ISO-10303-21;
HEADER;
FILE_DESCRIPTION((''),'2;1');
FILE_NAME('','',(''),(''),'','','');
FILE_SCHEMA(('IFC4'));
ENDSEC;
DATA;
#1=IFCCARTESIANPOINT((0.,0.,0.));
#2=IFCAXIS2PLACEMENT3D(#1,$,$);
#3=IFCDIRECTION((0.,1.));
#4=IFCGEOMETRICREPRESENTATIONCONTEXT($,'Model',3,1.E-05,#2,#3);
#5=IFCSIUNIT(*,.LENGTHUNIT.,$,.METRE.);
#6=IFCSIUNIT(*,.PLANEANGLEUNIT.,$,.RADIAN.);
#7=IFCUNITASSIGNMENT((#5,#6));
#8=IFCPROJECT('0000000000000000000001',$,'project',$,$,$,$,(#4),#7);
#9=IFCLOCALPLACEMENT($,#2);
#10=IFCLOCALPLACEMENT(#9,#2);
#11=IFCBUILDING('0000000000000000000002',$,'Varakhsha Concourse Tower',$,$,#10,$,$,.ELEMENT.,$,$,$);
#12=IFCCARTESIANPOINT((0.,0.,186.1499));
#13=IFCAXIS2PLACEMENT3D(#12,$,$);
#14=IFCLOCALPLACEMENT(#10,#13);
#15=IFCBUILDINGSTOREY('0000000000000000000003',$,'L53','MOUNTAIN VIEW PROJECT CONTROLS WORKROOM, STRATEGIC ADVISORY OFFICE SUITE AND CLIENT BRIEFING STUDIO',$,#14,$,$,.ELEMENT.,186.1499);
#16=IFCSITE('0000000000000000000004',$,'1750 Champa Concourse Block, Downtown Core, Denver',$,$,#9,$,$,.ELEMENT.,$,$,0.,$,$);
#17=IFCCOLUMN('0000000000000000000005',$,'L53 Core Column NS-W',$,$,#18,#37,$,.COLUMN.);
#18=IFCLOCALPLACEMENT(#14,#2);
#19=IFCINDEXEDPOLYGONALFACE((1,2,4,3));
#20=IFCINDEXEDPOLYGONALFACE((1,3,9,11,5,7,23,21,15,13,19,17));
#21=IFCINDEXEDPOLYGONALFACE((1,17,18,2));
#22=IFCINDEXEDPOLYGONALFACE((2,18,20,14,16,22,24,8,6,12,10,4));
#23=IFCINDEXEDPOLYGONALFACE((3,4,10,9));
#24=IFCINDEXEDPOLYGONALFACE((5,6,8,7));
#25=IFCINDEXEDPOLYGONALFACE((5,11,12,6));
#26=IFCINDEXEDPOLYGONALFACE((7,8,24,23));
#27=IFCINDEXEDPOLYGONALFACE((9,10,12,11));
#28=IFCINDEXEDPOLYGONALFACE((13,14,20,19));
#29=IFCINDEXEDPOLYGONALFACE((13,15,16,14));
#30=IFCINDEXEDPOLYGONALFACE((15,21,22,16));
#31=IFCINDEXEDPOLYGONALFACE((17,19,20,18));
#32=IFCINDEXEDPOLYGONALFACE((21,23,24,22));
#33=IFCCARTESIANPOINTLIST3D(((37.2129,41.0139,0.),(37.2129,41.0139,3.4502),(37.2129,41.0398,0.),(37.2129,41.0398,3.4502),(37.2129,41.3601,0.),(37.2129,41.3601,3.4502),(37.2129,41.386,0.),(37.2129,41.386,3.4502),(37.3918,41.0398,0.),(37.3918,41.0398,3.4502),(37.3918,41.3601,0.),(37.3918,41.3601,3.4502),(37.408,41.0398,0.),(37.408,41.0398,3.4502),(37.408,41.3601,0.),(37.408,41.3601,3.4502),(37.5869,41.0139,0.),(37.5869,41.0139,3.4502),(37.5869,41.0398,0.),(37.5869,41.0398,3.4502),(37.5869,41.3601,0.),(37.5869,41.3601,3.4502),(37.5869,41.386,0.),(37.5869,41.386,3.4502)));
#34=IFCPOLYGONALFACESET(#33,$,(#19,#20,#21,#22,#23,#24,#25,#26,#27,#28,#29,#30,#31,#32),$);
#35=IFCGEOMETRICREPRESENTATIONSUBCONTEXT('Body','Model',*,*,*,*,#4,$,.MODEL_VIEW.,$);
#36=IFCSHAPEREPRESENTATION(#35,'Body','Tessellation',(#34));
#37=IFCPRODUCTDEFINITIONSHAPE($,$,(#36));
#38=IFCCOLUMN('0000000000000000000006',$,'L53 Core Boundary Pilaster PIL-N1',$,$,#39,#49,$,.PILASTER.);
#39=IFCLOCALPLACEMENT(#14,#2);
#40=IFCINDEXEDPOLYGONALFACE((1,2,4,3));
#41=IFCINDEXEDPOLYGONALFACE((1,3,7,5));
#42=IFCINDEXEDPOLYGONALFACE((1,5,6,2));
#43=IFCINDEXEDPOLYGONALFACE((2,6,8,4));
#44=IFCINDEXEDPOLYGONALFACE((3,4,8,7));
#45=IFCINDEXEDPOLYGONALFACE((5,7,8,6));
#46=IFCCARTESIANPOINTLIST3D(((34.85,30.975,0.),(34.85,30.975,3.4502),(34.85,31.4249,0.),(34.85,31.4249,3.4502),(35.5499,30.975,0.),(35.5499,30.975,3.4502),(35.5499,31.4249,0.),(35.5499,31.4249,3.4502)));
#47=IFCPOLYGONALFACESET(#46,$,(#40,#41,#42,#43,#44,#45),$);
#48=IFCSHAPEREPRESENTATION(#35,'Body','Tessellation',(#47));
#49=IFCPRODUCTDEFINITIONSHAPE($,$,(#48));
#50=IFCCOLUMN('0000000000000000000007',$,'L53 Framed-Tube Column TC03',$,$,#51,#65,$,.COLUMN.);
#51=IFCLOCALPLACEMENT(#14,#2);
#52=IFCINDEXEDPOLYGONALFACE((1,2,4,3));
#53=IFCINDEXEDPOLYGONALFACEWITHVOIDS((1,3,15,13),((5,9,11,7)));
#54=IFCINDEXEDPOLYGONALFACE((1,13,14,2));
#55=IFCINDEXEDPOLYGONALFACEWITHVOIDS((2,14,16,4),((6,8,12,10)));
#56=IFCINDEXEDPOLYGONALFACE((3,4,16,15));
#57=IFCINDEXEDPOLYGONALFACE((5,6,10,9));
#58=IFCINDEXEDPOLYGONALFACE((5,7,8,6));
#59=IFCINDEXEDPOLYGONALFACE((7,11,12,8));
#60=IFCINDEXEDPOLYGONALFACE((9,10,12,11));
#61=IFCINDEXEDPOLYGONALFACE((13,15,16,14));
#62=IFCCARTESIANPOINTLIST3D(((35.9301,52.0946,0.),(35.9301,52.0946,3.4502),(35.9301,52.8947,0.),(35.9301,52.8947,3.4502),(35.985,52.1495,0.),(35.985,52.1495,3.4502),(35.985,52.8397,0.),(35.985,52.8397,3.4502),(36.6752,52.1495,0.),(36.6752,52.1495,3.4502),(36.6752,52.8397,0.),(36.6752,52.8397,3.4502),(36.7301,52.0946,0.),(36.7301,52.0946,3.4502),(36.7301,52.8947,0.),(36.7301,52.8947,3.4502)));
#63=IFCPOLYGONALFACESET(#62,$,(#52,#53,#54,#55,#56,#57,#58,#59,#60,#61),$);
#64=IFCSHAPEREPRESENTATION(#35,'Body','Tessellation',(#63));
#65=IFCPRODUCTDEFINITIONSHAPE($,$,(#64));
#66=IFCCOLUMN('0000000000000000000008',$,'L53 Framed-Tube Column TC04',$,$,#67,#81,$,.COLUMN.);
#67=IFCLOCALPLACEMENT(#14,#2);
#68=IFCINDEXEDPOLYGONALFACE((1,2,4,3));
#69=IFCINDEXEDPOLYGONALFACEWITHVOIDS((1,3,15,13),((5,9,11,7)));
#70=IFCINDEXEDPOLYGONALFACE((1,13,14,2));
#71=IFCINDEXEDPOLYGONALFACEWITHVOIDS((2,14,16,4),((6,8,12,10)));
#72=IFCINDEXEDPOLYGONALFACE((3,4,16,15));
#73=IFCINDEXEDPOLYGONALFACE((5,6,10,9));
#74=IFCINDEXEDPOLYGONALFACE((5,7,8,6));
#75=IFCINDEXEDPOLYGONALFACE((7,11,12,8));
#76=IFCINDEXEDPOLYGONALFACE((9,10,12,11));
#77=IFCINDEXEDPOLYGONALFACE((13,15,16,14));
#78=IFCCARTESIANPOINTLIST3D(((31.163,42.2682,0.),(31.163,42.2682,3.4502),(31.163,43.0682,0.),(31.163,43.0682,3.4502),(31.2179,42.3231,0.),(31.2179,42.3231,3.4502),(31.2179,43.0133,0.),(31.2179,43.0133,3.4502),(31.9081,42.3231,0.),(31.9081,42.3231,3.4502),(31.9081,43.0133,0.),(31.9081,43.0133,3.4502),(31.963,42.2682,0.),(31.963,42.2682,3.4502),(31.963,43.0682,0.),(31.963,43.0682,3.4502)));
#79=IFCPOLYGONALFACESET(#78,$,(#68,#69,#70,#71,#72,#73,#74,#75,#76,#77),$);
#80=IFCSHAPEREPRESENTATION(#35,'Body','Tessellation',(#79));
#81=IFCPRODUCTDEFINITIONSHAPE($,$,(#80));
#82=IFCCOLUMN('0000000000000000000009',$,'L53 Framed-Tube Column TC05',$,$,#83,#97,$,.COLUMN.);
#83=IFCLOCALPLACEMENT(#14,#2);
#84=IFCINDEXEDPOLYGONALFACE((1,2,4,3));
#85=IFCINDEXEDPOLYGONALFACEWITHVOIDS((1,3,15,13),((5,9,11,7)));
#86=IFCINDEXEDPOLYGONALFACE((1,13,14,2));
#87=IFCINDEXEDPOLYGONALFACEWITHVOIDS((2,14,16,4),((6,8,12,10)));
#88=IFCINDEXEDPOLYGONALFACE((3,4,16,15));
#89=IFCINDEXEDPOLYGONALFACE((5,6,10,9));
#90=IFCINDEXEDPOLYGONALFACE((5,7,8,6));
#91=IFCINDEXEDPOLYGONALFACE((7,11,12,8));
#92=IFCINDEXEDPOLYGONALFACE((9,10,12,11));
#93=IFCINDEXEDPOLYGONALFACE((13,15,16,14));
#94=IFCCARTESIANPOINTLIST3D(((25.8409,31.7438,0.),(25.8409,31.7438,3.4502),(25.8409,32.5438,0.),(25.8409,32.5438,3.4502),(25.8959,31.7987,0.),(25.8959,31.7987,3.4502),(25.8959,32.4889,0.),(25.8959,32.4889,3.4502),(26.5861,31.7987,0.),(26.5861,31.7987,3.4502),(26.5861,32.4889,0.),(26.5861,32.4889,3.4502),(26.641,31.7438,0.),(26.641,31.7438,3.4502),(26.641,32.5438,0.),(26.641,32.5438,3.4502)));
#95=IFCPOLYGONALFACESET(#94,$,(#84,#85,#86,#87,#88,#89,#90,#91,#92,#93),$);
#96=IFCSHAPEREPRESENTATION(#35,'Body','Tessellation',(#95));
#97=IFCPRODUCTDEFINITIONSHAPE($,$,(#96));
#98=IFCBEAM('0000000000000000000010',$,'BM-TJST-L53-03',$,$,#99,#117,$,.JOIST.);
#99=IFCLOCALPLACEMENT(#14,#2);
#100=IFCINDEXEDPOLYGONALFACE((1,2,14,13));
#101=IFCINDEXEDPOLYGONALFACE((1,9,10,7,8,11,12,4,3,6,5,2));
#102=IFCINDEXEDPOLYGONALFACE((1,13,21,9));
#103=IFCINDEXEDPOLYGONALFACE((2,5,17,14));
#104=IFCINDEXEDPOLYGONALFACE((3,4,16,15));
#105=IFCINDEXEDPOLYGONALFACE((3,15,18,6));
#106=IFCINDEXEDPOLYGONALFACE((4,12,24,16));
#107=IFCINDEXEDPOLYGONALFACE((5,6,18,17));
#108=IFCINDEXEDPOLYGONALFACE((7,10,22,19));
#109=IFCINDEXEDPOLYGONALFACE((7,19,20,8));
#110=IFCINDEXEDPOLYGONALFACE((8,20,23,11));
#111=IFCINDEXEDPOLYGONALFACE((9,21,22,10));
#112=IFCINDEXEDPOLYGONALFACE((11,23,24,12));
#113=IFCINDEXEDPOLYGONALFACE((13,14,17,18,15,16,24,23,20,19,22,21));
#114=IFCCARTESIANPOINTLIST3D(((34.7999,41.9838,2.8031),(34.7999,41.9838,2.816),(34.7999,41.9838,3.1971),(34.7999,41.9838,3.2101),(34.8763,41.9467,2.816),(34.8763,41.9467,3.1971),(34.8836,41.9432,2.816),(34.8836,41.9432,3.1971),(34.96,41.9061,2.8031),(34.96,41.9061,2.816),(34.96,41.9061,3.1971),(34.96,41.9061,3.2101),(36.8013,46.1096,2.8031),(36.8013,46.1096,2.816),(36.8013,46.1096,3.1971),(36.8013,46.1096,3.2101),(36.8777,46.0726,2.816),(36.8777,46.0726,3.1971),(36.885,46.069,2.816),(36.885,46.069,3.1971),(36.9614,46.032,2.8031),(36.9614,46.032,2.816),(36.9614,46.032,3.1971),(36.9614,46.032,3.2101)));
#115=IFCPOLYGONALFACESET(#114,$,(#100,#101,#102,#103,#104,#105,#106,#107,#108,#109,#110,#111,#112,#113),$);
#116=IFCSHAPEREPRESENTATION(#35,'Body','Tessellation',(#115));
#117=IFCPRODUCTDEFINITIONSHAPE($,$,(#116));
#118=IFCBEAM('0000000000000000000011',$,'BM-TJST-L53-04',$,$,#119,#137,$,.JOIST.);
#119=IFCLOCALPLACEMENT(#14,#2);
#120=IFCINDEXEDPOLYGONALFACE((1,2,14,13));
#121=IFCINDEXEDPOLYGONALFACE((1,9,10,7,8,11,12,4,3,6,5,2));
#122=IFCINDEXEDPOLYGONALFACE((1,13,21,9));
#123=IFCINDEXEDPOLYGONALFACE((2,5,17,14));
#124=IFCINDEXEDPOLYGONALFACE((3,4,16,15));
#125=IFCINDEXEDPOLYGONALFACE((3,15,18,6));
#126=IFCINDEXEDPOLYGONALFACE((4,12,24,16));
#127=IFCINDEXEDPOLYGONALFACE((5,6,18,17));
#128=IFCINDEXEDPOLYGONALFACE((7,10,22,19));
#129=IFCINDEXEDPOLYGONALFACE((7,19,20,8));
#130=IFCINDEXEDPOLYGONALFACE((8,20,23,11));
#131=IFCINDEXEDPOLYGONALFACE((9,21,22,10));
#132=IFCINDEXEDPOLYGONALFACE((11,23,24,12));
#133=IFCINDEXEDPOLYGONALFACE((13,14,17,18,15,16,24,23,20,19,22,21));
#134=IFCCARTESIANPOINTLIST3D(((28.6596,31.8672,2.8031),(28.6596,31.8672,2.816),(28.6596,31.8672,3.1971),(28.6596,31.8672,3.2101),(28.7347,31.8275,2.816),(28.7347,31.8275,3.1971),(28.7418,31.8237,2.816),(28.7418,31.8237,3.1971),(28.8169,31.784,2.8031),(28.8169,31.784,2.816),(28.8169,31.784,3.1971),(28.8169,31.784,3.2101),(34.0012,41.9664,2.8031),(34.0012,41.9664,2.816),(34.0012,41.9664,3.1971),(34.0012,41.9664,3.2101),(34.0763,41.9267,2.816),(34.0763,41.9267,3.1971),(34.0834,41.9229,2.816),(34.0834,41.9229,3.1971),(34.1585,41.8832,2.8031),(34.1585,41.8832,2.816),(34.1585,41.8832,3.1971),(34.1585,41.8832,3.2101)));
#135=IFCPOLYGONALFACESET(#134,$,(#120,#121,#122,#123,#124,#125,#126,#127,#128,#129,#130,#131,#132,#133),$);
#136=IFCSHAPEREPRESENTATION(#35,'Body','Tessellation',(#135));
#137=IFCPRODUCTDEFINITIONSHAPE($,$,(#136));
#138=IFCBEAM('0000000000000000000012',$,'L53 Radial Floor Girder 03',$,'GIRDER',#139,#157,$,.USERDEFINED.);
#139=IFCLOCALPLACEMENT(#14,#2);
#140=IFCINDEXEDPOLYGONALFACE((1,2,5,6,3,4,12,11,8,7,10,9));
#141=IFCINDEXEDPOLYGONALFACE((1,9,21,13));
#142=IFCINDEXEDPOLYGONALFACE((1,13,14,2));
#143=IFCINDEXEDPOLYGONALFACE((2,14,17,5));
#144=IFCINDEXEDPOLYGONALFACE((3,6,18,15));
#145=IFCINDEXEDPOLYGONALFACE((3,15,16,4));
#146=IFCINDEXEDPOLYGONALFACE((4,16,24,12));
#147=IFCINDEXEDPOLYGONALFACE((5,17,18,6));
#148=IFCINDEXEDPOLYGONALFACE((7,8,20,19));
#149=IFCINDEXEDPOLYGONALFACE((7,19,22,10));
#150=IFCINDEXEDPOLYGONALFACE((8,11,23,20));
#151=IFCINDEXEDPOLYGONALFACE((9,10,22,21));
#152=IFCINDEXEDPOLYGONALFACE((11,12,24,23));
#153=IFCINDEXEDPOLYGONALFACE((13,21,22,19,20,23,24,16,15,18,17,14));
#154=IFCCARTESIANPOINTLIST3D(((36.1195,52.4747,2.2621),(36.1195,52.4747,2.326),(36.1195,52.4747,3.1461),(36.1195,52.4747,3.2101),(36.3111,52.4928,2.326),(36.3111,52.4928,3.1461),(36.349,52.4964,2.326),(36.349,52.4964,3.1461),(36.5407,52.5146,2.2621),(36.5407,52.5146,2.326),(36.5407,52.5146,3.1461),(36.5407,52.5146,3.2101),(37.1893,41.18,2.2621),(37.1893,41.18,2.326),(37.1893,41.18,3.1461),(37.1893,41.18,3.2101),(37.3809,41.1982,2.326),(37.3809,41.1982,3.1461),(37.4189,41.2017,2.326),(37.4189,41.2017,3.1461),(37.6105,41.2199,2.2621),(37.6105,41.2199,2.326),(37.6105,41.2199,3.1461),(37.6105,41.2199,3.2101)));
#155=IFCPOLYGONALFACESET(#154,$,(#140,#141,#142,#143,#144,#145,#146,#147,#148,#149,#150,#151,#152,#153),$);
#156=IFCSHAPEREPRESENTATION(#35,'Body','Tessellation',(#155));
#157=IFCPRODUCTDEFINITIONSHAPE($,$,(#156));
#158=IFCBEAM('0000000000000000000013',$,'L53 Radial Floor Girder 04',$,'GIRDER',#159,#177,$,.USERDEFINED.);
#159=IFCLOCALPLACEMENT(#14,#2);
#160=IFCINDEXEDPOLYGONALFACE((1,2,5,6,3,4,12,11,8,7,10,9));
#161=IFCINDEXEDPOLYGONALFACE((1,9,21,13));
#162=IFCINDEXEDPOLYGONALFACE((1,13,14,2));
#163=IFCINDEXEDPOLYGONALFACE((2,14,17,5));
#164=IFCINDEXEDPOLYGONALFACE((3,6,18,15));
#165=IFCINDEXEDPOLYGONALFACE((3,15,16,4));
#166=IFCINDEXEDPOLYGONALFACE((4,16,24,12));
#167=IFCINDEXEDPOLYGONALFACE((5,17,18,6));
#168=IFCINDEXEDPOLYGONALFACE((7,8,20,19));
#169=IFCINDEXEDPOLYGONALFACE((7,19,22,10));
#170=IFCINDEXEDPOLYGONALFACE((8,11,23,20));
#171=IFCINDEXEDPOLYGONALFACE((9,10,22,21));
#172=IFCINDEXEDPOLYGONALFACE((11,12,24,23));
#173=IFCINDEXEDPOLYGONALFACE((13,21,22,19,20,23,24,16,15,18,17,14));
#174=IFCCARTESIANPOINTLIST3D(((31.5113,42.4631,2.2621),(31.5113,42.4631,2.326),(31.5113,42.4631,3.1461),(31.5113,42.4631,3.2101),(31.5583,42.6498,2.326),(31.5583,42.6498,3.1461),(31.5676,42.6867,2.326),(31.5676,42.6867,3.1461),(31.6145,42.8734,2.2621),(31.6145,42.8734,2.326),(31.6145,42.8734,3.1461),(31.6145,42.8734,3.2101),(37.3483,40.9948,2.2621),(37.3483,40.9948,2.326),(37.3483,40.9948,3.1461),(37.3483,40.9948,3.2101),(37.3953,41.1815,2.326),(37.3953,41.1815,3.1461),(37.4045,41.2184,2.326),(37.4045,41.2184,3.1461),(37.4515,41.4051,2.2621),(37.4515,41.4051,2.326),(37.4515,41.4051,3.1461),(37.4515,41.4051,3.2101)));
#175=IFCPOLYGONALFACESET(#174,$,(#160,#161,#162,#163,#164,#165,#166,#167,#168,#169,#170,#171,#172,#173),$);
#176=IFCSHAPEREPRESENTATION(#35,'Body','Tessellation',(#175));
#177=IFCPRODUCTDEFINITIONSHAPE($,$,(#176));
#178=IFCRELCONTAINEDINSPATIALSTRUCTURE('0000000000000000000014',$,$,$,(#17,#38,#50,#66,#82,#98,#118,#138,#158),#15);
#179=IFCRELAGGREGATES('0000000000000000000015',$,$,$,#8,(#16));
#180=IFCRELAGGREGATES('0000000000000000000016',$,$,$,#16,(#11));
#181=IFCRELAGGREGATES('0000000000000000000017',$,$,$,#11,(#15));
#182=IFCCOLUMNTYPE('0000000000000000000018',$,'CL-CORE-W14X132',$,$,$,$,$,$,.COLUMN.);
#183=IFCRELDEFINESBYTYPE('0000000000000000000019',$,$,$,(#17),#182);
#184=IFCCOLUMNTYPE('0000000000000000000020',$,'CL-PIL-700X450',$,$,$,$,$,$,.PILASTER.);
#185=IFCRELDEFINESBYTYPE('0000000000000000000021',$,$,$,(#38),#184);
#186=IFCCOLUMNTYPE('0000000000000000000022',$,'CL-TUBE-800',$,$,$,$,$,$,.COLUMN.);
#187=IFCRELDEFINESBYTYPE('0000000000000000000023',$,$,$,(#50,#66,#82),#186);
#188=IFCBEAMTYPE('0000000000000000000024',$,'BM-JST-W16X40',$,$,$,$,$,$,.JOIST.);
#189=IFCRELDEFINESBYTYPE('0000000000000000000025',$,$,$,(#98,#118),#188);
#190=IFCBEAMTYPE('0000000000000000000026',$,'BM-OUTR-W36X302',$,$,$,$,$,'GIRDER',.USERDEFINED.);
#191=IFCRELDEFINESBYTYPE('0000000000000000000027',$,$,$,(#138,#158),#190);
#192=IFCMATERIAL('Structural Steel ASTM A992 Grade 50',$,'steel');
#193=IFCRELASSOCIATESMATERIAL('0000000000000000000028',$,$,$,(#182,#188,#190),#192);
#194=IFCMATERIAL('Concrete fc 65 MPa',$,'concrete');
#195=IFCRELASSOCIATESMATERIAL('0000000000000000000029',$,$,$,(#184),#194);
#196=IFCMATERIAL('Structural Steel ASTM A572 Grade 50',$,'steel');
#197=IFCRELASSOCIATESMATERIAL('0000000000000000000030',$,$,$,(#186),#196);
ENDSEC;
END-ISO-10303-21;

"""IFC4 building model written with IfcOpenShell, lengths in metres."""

from ifc_helpers import new_model, si_unit, direction, frame, origin, origin_2d, place, context, subcontext, project, spatial, rectangle, hollow_rectangle, i_section, extrude, material, material_profile, profile_set, type_object, element, save


model = new_model("IFC4")

# Units and contexts
model_context = context("Model", 3, precision=1e-05, world=origin(), true_north=direction((0.0, 1.0)))
body_context = subcontext(model_context, "Body", "Model", "MODEL_VIEW")
ifc_project = project(units=[si_unit("LENGTHUNIT", "METRE"), si_unit("PLANEANGLEUNIT", "RADIAN")], contexts=[model_context])

# Site, building, storey
site_placement = place(None, origin())
site = spatial("IfcSite", under=ifc_project, at=site_placement, Name="1750 Champa Concourse Block, Downtown Core, Denver", CompositionType="ELEMENT", RefElevation=0.0)
building_placement = place(site_placement, origin())
building = spatial("IfcBuilding", under=site, at=building_placement, Name="Varakhsha Concourse Tower", CompositionType="ELEMENT")
storey_placement = place(building_placement, frame((0.0, 0.0, 186.1499)))
storey = spatial("IfcBuildingStorey", under=building, at=storey_placement, Name="L53", Description="MOUNTAIN VIEW PROJECT CONTROLS WORKROOM, STRATEGIC ADVISORY OFFICE SUITE AND CLIENT BRIEFING STUDIO", CompositionType="ELEMENT", Elevation=186.1499)

# Columns
ifc_material_1 = material(Name="Structural Steel ASTM A992 Grade 50", Category="steel")
ifc_material_profile_1 = material_profile(ifc_material_1, i_section(OverallWidth=0.374, OverallDepth=0.3721, WebThickness=0.0161, FlangeThickness=0.0259, at=origin_2d()), Name="W14X132")
ifc_profile_set_1 = profile_set([ifc_material_profile_1], Name="Structural Steel ASTM A992 Grade 50")
column_type_1 = type_object("IfcColumnType", Name="CL-CORE-W14X132", PredefinedType="COLUMN", material=ifc_profile_set_1)
column_1_placement = place(storey_placement, frame((37.3999, 41.2, 0.0), z_axis=(0.0, 0.0, 1.0), x_axis=(1.0, 0.0, 0.0)))
element("IfcColumn", 1, at=column_1_placement, inside=storey, type_object=column_type_1, Name="L53 Core Column NS-W", PredefinedType="COLUMN", context=body_context, shape_type="SweptSolid", body=[
    extrude(i_section(OverallWidth=0.374, OverallDepth=0.3721, WebThickness=0.0161, FlangeThickness=0.0259, at=origin_2d()), origin(), (0.0, 0.0, 1.0), 3.4502),
])
ifc_material_2 = material(Name="Concrete fc 65 MPa", Category="concrete")
ifc_material_profile_2 = material_profile(ifc_material_2, rectangle(XDim=0.7, YDim=0.45, at=origin_2d()), Name="RC 700x450")
ifc_profile_set_2 = profile_set([ifc_material_profile_2], Name="Concrete fc 65 MPa")
column_type_2 = type_object("IfcColumnType", Name="CL-PIL-700X450", PredefinedType="PILASTER", material=ifc_profile_set_2)
column_2_placement = place(storey_placement, frame((35.2, 31.2, 0.0), z_axis=(0.0, 0.0, 1.0), x_axis=(1.0, 0.0, 0.0)))
element("IfcColumn", 2, at=column_2_placement, inside=storey, type_object=column_type_2, Name="L53 Core Boundary Pilaster PIL-N1", PredefinedType="PILASTER", context=body_context, shape_type="SweptSolid", body=[
    extrude(rectangle(XDim=0.7, YDim=0.45, at=origin_2d()), origin(), (0.0, 0.0, 1.0), 3.4502),
])
ifc_material_3 = material(Name="Structural Steel ASTM A572 Grade 50", Category="steel")
ifc_material_profile_3 = material_profile(ifc_material_3, hollow_rectangle(XDim=0.8, YDim=0.8, WallThickness=0.0549, at=origin_2d()), Name="BOX 800x800x55")
ifc_profile_set_3 = profile_set([ifc_material_profile_3], Name="Structural Steel ASTM A572 Grade 50")
column_type_3 = type_object("IfcColumnType", Name="CL-TUBE-800", PredefinedType="COLUMN", material=ifc_profile_set_3)
for number, where, z_axis, x_axis, name in (
    (3, (36.3301, 52.4946, 0.0), (0.0, 0.0, 1.0), (1.0, 0.0, 0.0), "L53 Framed-Tube Column TC03"),
    (4, (31.563, 42.6682, 0.0), (0.0, 0.0, 1.0), (1.0, 0.0, 0.0), "L53 Framed-Tube Column TC04"),
    (5, (26.241, 32.1438, 0.0), (0.0, 0.0, 1.0), (1.0, 0.0, 0.0), "L53 Framed-Tube Column TC05"),
):
    element("IfcColumn", number, at=place(storey_placement, frame(where, z_axis=z_axis, x_axis=x_axis)), inside=storey, type_object=column_type_3, Name=name, PredefinedType="COLUMN", context=body_context, shape_type="SweptSolid", body=[
        extrude(hollow_rectangle(XDim=0.8, YDim=0.8, WallThickness=0.0549, at=origin_2d()), origin(), (0.0, 0.0, 1.0), 3.4502),
    ])

# Beams
ifc_material_profile_4 = material_profile(ifc_material_1, i_section(OverallWidth=0.178, OverallDepth=0.407, WebThickness=0.0081, FlangeThickness=0.0129, at=origin_2d()), Name="W16X40")
ifc_profile_set_4 = profile_set([ifc_material_profile_4], Name="Structural Steel ASTM A992 Grade 50")
beam_type_1 = type_object("IfcBeamType", Name="BM-JST-W16X40", PredefinedType="JOIST", material=ifc_profile_set_4)
beam_1_placement = place(storey_placement, frame((36.8813, 46.0708, 3.0066), z_axis=(-0.436449, -0.899729, 0.0), x_axis=(0.899729, -0.436449, 0.0)))
element("IfcBeam", 6, at=beam_1_placement, inside=storey, type_object=beam_type_1, Name="BM-TJST-L53-03", PredefinedType="JOIST", context=body_context, shape_type="SweptSolid", body=[
    extrude(i_section(OverallWidth=0.178, OverallDepth=0.407, WebThickness=0.0081, FlangeThickness=0.0129, at=origin_2d()), origin(), (0.0, 0.0, 1.0), 4.5857),
])
beam_2_placement = place(storey_placement, frame((34.0798, 41.9248, 3.0066), z_axis=(-0.467543, -0.88397, 0.0), x_axis=(0.88397, -0.467543, 0.0)))
element("IfcBeam", 7, at=beam_2_placement, inside=storey, type_object=beam_type_1, Name="BM-TJST-L53-04", PredefinedType="JOIST", context=body_context, shape_type="SweptSolid", body=[
    extrude(i_section(OverallWidth=0.178, OverallDepth=0.407, WebThickness=0.0081, FlangeThickness=0.0129, at=origin_2d()), origin(), (0.0, 0.0, 1.0), 11.4248),
])
ifc_material_profile_5 = material_profile(ifc_material_1, i_section(OverallWidth=0.4231, OverallDepth=0.948, WebThickness=0.0381, FlangeThickness=0.064, at=origin_2d()), Name="W36X302")
ifc_profile_set_5 = profile_set([ifc_material_profile_5], Name="Structural Steel ASTM A992 Grade 50")
beam_type_2 = type_object("IfcBeamType", Name="BM-OUTR-W36X302", ElementType="GIRDER", PredefinedType="USERDEFINED", material=ifc_profile_set_5)
beam_3_placement = place(storey_placement, frame((37.3999, 41.2, 2.7361), z_axis=(-0.094297, 0.995544, 0.0), x_axis=(-0.995544, -0.094297, 0.0)))
element("IfcBeam", 8, at=beam_3_placement, inside=storey, type_object=beam_type_2, Name="L53 Radial Floor Girder 03", ObjectType="GIRDER", PredefinedType="USERDEFINED", context=body_context, shape_type="SweptSolid", body=[
    extrude(i_section(OverallWidth=0.4231, OverallDepth=0.948, WebThickness=0.0381, FlangeThickness=0.064, at=origin_2d()), origin(), (0.0, 0.0, 1.0), 11.3452),
])
beam_4_placement = place(storey_placement, frame((37.3999, 41.2, 2.7361), z_axis=(-0.969788, 0.243948, 0.0), x_axis=(-0.243948, -0.969788, 0.0)))
element("IfcBeam", 9, at=beam_4_placement, inside=storey, type_object=beam_type_2, Name="L53 Radial Floor Girder 04", ObjectType="GIRDER", PredefinedType="USERDEFINED", context=body_context, shape_type="SweptSolid", body=[
    extrude(i_section(OverallWidth=0.4231, OverallDepth=0.948, WebThickness=0.0381, FlangeThickness=0.064, at=origin_2d()), origin(), (0.0, 0.0, 1.0), 6.0188),
])

save(model, "model.ifc")
